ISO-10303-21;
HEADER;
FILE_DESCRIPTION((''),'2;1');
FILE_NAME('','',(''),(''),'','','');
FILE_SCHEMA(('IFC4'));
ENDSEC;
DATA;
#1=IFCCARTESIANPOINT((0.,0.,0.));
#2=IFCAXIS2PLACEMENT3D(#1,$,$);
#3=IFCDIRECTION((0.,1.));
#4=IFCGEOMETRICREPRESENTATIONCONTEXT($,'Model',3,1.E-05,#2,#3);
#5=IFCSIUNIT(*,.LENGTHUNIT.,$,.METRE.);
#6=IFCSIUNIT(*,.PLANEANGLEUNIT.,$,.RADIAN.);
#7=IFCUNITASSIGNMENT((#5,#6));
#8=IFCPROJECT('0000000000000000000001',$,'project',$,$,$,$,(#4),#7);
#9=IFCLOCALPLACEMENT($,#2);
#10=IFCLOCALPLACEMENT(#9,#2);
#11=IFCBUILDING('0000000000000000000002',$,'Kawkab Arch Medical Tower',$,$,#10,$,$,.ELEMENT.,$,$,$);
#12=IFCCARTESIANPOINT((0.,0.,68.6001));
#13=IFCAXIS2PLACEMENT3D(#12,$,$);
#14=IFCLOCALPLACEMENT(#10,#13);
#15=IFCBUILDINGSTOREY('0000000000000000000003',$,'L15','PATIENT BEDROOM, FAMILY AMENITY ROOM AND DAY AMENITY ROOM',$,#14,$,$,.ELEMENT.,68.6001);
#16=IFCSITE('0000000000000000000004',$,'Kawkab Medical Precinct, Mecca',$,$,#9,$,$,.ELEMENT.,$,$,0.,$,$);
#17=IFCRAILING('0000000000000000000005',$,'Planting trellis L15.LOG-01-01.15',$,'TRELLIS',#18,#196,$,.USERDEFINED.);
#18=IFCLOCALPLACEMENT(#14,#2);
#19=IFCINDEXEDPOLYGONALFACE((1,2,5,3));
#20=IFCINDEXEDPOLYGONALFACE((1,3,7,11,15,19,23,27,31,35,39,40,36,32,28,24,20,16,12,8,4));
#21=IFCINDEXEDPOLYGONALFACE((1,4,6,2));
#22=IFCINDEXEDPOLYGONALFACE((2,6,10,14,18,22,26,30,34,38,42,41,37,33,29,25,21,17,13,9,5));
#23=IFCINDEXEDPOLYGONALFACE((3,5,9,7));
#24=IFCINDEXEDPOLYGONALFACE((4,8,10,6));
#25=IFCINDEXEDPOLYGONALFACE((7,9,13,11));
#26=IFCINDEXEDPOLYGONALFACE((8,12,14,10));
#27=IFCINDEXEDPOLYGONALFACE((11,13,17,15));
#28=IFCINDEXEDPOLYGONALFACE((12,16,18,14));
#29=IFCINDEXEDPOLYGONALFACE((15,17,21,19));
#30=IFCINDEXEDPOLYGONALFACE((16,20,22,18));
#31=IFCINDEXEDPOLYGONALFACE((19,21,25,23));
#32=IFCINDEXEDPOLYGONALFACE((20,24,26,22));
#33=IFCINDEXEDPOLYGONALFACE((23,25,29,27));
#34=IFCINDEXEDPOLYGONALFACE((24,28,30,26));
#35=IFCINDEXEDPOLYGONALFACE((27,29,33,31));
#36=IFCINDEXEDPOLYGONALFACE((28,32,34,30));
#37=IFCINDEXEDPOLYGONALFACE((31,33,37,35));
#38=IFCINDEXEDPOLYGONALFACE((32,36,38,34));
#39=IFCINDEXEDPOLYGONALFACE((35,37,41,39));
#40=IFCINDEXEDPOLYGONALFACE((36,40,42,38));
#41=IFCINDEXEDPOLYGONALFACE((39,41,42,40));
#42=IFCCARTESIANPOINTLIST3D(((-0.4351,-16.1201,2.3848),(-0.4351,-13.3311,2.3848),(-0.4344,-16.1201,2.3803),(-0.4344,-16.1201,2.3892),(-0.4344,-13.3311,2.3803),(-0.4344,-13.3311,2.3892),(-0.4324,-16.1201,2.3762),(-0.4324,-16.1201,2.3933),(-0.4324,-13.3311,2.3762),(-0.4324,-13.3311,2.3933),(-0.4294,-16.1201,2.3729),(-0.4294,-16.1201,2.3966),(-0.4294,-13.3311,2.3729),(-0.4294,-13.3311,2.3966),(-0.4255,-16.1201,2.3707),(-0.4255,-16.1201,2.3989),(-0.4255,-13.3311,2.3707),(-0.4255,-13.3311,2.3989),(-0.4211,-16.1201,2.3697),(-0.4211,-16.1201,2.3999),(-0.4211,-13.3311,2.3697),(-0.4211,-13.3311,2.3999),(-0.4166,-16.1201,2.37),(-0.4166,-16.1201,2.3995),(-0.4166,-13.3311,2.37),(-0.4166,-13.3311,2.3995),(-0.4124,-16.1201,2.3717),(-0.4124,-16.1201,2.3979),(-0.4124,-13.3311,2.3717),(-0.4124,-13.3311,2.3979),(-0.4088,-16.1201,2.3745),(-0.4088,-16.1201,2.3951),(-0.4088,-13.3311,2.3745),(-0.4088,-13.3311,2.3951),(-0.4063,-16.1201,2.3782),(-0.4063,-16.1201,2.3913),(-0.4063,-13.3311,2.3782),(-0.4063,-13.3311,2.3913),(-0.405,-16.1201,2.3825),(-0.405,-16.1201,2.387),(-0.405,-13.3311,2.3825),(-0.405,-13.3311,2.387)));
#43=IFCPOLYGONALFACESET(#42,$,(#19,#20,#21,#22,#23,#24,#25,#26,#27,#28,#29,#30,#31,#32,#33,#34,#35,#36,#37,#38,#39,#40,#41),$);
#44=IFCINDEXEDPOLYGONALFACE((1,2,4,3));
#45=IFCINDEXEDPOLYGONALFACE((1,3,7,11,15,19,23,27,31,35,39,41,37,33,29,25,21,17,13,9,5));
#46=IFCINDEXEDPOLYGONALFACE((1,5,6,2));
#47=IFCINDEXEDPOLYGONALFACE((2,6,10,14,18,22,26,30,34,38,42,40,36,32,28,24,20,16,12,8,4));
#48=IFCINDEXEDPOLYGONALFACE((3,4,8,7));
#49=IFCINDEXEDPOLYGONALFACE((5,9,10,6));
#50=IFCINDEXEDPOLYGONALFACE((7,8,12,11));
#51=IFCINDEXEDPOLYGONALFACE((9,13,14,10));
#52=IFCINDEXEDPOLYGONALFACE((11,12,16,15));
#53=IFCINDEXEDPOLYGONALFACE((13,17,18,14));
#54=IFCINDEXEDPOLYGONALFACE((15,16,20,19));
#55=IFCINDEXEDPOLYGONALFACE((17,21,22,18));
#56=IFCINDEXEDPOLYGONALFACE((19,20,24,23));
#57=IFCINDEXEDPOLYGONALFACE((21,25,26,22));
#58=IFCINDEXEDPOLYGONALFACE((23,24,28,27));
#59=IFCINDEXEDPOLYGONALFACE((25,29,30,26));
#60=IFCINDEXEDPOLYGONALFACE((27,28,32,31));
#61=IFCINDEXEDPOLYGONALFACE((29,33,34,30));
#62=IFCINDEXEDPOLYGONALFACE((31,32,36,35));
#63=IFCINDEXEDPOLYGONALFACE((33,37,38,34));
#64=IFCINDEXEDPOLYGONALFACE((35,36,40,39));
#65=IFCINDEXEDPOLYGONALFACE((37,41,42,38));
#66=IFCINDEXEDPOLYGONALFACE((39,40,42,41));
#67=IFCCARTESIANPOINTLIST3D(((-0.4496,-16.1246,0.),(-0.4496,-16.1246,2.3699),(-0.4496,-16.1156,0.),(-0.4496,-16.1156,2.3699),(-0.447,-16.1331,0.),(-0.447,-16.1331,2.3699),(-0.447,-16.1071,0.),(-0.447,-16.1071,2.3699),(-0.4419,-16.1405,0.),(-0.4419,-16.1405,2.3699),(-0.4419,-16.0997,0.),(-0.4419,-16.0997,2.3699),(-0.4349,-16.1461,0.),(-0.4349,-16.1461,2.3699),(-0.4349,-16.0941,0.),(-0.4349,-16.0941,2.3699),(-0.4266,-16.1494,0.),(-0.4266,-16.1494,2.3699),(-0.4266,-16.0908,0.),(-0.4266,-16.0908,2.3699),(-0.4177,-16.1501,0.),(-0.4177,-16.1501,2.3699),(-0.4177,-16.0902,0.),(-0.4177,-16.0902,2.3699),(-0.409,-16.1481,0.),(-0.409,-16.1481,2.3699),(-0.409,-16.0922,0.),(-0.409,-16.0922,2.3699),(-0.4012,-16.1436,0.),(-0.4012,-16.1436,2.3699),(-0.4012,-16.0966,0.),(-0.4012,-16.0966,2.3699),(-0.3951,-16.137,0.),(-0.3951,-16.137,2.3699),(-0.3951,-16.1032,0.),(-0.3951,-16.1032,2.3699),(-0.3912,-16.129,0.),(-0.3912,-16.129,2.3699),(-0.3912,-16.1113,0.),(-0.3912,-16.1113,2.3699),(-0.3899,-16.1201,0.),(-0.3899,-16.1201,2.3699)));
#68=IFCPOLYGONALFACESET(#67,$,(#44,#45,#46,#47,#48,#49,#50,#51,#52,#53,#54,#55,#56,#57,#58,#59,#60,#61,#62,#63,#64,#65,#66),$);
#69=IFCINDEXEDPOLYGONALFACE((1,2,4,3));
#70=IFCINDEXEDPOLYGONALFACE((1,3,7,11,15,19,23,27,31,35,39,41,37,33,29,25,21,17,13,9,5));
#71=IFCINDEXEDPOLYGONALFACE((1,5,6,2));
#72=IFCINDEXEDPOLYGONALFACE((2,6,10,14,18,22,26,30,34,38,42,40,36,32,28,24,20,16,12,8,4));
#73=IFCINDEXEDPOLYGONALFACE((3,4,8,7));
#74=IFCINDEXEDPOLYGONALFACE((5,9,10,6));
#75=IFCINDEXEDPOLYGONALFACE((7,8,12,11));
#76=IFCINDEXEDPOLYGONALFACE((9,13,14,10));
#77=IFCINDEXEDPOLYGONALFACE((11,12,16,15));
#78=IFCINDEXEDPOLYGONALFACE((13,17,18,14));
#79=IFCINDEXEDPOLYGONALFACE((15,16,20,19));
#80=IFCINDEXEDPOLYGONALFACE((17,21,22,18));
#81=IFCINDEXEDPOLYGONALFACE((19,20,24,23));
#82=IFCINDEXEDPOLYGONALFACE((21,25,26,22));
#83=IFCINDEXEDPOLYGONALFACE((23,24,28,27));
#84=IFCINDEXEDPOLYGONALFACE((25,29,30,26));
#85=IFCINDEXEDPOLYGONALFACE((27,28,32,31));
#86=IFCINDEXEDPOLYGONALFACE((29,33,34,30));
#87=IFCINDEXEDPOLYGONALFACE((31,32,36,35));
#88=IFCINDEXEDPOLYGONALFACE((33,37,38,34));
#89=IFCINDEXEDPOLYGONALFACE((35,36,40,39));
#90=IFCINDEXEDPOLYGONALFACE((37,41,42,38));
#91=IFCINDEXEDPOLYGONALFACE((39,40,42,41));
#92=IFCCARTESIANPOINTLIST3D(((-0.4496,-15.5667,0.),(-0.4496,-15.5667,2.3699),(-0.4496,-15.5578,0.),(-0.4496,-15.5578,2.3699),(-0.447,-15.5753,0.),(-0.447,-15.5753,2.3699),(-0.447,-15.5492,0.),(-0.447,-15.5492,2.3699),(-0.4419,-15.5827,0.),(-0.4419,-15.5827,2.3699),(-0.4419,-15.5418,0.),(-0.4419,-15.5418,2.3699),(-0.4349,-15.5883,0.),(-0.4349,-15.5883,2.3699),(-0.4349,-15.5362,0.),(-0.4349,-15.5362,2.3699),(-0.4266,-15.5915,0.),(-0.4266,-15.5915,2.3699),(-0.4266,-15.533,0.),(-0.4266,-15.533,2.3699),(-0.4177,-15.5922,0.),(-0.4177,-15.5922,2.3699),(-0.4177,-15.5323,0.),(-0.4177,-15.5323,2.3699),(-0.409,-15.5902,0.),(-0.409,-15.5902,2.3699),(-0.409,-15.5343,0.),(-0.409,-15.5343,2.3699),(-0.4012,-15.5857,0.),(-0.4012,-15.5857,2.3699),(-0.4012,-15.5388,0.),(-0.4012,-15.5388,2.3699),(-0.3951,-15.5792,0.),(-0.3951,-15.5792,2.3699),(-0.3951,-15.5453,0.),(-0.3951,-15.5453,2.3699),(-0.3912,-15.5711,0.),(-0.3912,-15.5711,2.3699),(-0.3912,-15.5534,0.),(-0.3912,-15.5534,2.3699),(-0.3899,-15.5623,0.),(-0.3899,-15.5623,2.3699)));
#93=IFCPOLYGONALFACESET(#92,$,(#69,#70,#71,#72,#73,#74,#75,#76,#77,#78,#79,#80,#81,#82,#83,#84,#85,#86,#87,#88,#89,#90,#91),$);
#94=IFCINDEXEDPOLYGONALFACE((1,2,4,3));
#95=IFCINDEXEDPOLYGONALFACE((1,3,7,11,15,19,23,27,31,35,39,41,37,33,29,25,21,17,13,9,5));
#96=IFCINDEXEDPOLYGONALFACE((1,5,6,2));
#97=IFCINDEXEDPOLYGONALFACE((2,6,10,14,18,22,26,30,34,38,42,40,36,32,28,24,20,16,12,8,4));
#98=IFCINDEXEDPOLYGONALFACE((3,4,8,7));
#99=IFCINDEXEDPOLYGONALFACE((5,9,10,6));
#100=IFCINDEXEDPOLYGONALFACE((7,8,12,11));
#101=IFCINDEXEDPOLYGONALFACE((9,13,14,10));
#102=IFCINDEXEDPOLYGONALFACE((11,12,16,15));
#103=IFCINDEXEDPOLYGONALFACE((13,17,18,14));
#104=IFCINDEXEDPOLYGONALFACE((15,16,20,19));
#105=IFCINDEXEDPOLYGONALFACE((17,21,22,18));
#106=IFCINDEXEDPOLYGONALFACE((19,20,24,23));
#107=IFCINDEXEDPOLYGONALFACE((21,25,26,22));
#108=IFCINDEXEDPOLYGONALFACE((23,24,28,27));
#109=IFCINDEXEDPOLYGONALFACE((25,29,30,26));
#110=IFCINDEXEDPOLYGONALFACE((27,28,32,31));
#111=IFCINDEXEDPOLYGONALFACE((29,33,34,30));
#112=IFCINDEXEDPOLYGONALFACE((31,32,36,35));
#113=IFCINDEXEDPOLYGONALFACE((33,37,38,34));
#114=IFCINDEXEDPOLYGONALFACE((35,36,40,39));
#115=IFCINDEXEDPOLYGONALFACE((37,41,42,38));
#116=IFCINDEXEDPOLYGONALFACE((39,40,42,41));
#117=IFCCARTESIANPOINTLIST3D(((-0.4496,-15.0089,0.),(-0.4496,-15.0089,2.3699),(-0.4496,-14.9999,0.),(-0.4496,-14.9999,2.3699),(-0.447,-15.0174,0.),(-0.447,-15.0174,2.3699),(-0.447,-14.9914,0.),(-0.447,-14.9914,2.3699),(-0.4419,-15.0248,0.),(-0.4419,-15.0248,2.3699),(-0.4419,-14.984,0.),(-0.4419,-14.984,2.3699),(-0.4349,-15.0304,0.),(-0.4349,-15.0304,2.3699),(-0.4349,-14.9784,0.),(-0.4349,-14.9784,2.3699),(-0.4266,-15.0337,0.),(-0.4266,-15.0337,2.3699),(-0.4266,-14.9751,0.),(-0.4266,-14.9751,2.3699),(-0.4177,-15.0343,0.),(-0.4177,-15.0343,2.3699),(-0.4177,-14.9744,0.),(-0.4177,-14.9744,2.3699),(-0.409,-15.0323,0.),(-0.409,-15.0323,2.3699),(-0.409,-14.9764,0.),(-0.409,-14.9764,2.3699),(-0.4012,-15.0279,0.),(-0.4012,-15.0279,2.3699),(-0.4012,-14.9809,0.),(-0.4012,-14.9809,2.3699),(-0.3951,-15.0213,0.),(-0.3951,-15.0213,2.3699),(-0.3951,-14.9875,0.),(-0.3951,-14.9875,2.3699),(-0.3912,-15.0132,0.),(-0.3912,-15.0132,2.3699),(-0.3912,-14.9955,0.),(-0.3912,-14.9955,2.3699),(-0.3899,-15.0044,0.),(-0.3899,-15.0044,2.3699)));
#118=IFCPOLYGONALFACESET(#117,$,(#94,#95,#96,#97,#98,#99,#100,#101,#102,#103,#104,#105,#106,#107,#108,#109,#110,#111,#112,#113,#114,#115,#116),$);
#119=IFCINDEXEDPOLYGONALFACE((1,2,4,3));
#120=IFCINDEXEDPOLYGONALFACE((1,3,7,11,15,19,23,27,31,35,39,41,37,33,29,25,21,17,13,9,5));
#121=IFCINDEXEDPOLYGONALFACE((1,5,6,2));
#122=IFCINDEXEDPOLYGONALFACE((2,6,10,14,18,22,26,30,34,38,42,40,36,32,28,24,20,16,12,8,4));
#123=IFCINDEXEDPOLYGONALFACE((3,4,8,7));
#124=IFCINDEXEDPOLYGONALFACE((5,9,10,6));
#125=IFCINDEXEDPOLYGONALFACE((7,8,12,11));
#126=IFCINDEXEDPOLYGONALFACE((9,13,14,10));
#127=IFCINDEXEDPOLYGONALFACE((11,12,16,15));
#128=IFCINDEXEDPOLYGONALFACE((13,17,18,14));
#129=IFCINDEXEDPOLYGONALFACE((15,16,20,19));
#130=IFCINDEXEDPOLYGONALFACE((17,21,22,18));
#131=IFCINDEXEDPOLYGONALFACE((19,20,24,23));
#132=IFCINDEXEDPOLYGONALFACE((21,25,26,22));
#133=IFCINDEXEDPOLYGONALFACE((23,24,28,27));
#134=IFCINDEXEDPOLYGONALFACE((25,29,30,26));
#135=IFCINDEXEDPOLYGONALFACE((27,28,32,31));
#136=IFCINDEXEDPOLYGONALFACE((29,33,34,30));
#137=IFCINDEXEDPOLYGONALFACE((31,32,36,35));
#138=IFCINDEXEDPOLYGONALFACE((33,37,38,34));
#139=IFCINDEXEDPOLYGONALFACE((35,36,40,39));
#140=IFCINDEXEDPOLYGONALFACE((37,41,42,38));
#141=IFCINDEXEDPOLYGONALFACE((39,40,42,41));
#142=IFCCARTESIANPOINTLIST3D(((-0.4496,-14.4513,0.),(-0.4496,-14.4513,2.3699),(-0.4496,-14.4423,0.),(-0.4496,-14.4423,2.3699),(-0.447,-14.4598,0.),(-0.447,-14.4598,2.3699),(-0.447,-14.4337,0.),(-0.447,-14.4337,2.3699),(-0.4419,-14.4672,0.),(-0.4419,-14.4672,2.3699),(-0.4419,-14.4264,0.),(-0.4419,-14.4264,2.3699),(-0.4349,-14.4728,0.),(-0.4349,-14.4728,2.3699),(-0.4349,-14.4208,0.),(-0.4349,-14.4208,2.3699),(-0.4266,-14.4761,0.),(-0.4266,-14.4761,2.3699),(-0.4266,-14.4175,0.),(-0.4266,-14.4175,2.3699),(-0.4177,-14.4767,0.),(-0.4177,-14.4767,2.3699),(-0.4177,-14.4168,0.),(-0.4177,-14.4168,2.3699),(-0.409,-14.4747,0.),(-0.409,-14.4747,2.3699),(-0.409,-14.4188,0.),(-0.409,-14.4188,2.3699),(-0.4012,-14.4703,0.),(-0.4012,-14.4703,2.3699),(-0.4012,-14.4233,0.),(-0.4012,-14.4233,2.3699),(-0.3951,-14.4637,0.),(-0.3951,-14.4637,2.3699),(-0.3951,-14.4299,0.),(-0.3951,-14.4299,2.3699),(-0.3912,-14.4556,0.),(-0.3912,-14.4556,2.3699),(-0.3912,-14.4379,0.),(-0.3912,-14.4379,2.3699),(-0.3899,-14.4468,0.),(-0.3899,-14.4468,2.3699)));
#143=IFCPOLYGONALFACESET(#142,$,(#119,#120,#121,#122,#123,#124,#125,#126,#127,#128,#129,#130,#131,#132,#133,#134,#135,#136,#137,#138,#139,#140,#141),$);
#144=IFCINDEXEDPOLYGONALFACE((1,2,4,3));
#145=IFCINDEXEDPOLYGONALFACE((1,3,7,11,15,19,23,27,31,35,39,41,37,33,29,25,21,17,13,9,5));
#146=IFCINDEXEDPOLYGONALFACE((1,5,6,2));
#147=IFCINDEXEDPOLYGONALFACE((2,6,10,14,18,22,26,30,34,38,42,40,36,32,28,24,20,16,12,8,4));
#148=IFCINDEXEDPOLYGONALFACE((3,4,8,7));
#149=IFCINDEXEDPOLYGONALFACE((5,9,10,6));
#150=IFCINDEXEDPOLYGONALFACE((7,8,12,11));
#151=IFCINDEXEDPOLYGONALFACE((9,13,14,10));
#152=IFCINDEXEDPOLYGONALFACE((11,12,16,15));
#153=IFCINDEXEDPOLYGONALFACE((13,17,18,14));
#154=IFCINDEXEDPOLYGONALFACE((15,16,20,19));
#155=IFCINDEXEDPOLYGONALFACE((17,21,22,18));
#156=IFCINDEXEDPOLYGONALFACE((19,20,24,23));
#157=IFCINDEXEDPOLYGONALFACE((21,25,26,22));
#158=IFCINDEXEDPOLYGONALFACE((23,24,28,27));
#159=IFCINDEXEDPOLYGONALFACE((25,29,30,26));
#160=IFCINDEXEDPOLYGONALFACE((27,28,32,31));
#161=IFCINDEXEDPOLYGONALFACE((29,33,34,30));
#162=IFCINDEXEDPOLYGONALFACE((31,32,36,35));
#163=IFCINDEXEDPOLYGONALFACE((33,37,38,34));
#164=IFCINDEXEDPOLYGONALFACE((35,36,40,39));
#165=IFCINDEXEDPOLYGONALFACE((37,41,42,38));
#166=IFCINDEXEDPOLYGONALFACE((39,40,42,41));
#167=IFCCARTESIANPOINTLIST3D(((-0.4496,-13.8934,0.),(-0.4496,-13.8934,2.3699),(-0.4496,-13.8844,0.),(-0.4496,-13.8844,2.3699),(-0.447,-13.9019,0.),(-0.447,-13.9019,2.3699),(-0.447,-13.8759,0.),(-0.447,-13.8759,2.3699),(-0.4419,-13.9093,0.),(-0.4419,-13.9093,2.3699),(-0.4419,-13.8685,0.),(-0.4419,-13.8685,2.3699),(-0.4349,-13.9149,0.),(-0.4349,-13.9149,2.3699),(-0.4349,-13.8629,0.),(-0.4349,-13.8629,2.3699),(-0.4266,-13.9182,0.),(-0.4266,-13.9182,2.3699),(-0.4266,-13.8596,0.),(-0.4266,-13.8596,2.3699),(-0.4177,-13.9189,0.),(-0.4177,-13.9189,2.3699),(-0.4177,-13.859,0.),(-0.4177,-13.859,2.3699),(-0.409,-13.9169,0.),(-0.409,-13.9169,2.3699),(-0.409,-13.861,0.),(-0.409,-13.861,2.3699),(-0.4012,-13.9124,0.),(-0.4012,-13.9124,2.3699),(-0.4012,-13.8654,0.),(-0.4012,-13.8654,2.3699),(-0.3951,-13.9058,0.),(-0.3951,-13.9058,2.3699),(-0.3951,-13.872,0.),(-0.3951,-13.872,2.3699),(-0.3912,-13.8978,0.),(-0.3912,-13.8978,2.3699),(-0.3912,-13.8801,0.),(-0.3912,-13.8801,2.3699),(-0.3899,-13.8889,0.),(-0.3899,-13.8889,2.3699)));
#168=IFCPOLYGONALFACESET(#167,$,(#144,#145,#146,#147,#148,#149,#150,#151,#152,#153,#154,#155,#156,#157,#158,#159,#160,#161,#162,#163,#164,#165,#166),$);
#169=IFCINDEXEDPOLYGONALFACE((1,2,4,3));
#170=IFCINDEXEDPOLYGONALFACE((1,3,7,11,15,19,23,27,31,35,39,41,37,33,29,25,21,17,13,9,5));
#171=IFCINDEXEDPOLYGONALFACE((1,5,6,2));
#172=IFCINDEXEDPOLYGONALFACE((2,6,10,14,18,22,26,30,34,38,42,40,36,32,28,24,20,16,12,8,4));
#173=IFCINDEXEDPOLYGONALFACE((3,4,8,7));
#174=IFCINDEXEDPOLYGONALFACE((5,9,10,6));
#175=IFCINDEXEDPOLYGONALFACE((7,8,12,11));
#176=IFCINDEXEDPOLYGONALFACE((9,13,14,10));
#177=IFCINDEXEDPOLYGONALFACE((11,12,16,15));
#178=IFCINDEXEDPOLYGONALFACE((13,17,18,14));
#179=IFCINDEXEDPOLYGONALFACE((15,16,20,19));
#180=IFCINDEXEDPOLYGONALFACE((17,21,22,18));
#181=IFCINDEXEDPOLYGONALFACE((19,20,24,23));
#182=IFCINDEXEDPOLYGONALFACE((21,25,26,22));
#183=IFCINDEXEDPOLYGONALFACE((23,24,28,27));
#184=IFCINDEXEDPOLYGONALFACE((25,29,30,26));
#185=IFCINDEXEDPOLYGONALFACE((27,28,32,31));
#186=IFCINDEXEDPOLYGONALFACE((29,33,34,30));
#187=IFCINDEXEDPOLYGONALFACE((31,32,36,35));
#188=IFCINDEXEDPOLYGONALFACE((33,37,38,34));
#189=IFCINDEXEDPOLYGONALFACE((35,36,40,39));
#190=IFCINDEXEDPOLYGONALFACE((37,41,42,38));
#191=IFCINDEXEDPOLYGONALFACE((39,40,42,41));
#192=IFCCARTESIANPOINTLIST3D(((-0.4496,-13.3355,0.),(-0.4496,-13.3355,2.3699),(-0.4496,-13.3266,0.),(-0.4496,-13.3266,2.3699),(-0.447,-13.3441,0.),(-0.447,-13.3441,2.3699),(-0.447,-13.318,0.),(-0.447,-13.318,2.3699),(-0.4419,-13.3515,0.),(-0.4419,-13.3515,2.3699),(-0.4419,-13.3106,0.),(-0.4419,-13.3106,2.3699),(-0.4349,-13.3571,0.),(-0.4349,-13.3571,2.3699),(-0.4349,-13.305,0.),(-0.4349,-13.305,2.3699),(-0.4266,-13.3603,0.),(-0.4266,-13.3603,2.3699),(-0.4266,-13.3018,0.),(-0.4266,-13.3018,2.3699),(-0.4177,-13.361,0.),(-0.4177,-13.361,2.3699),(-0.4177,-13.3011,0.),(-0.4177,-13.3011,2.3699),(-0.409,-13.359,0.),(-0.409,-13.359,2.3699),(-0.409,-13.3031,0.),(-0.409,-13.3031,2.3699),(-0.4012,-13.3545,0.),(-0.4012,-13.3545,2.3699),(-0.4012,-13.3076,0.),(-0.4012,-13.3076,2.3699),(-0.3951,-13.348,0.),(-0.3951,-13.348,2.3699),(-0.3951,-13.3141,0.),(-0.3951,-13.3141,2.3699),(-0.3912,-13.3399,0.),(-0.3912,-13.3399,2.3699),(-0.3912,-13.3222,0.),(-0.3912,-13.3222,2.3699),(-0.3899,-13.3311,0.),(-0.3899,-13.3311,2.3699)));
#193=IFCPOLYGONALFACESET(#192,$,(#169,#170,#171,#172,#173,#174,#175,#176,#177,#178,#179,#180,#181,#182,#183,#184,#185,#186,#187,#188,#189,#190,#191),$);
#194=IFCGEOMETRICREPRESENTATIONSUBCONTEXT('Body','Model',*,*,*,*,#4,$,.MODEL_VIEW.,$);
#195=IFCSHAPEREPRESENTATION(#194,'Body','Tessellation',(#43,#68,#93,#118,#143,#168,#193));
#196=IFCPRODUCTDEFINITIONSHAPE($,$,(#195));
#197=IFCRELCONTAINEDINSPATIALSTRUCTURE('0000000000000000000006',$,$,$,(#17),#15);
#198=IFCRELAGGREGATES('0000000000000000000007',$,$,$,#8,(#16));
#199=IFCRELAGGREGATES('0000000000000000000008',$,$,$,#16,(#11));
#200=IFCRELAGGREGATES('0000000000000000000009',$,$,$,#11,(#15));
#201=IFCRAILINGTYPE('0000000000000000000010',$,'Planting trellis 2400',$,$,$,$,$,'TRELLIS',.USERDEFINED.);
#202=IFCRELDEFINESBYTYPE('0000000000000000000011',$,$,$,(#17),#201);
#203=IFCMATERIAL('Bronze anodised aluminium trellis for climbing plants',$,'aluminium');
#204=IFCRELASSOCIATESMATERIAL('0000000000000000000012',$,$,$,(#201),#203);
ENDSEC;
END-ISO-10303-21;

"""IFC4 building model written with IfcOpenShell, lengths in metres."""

from ifc_helpers import new_model, si_unit, direction, frame, origin, origin_2d, place, context, subcontext, project, spatial, circle, extrude, material, type_object, element, save


model = new_model("IFC4")

# Units and contexts
model_context = context("Model", 3, precision=1e-05, world=origin(), true_north=direction((0.0, 1.0)))
body_context = subcontext(model_context, "Body", "Model", "MODEL_VIEW")
ifc_project = project(units=[si_unit("LENGTHUNIT", "METRE"), si_unit("PLANEANGLEUNIT", "RADIAN")], contexts=[model_context])

# Site, building, storey
site_placement = place(None, origin())
site = spatial("IfcSite", under=ifc_project, at=site_placement, Name="Kawkab Medical Precinct, Mecca", CompositionType="ELEMENT", RefElevation=0.0)
building_placement = place(site_placement, origin())
building = spatial("IfcBuilding", under=site, at=building_placement, Name="Kawkab Arch Medical Tower", CompositionType="ELEMENT")
storey_placement = place(building_placement, frame((0.0, 0.0, 68.6001)))
storey = spatial("IfcBuildingStorey", under=building, at=storey_placement, Name="L15", Description="PATIENT BEDROOM, FAMILY AMENITY ROOM AND DAY AMENITY ROOM", CompositionType="ELEMENT", Elevation=68.6001)

# Railing
ifc_material_1 = material(Name="Bronze anodised aluminium trellis for climbing plants", Category="aluminium")
railing_type_1 = type_object("IfcRailingType", Name="Planting trellis 2400", ElementType="TRELLIS", PredefinedType="USERDEFINED", material=ifc_material_1)
railing_1_placement = place(storey_placement, frame((-0.4199, -16.1201, 0.0)))
element("IfcRailing", 1, at=railing_1_placement, inside=storey, type_object=railing_type_1, Name="Planting trellis L15.LOG-01-01.15", ObjectType="TRELLIS", PredefinedType="USERDEFINED", context=body_context, shape_type="SweptSolid", body=[
    extrude(circle(Radius=0.0151, at=origin_2d()), frame((0.0, 0.0, 2.3848), z_axis=(0.0, 1.0, 0.0), x_axis=(-1.0, 0.0, 0.0)), (0.0, 0.0, 1.0), 2.7891),
    extrude(circle(Radius=0.03, at=origin_2d()), origin(), (0.0, 0.0, 1.0), 2.3699),
    extrude(circle(Radius=0.03, at=origin_2d()), frame((0.0, 0.5579, 0.0)), (0.0, 0.0, 1.0), 2.3699),
    extrude(circle(Radius=0.03, at=origin_2d()), frame((0.0, 1.1157, 0.0)), (0.0, 0.0, 1.0), 2.3699),
    extrude(circle(Radius=0.03, at=origin_2d()), frame((0.0, 1.6733, 0.0)), (0.0, 0.0, 1.0), 2.3699),
    extrude(circle(Radius=0.03, at=origin_2d()), frame((0.0, 2.2312, 0.0)), (0.0, 0.0, 1.0), 2.3699),
    extrude(circle(Radius=0.03, at=origin_2d()), frame((0.0, 2.7891, 0.0)), (0.0, 0.0, 1.0), 2.3699),
])

save(model, "model.ifc")
